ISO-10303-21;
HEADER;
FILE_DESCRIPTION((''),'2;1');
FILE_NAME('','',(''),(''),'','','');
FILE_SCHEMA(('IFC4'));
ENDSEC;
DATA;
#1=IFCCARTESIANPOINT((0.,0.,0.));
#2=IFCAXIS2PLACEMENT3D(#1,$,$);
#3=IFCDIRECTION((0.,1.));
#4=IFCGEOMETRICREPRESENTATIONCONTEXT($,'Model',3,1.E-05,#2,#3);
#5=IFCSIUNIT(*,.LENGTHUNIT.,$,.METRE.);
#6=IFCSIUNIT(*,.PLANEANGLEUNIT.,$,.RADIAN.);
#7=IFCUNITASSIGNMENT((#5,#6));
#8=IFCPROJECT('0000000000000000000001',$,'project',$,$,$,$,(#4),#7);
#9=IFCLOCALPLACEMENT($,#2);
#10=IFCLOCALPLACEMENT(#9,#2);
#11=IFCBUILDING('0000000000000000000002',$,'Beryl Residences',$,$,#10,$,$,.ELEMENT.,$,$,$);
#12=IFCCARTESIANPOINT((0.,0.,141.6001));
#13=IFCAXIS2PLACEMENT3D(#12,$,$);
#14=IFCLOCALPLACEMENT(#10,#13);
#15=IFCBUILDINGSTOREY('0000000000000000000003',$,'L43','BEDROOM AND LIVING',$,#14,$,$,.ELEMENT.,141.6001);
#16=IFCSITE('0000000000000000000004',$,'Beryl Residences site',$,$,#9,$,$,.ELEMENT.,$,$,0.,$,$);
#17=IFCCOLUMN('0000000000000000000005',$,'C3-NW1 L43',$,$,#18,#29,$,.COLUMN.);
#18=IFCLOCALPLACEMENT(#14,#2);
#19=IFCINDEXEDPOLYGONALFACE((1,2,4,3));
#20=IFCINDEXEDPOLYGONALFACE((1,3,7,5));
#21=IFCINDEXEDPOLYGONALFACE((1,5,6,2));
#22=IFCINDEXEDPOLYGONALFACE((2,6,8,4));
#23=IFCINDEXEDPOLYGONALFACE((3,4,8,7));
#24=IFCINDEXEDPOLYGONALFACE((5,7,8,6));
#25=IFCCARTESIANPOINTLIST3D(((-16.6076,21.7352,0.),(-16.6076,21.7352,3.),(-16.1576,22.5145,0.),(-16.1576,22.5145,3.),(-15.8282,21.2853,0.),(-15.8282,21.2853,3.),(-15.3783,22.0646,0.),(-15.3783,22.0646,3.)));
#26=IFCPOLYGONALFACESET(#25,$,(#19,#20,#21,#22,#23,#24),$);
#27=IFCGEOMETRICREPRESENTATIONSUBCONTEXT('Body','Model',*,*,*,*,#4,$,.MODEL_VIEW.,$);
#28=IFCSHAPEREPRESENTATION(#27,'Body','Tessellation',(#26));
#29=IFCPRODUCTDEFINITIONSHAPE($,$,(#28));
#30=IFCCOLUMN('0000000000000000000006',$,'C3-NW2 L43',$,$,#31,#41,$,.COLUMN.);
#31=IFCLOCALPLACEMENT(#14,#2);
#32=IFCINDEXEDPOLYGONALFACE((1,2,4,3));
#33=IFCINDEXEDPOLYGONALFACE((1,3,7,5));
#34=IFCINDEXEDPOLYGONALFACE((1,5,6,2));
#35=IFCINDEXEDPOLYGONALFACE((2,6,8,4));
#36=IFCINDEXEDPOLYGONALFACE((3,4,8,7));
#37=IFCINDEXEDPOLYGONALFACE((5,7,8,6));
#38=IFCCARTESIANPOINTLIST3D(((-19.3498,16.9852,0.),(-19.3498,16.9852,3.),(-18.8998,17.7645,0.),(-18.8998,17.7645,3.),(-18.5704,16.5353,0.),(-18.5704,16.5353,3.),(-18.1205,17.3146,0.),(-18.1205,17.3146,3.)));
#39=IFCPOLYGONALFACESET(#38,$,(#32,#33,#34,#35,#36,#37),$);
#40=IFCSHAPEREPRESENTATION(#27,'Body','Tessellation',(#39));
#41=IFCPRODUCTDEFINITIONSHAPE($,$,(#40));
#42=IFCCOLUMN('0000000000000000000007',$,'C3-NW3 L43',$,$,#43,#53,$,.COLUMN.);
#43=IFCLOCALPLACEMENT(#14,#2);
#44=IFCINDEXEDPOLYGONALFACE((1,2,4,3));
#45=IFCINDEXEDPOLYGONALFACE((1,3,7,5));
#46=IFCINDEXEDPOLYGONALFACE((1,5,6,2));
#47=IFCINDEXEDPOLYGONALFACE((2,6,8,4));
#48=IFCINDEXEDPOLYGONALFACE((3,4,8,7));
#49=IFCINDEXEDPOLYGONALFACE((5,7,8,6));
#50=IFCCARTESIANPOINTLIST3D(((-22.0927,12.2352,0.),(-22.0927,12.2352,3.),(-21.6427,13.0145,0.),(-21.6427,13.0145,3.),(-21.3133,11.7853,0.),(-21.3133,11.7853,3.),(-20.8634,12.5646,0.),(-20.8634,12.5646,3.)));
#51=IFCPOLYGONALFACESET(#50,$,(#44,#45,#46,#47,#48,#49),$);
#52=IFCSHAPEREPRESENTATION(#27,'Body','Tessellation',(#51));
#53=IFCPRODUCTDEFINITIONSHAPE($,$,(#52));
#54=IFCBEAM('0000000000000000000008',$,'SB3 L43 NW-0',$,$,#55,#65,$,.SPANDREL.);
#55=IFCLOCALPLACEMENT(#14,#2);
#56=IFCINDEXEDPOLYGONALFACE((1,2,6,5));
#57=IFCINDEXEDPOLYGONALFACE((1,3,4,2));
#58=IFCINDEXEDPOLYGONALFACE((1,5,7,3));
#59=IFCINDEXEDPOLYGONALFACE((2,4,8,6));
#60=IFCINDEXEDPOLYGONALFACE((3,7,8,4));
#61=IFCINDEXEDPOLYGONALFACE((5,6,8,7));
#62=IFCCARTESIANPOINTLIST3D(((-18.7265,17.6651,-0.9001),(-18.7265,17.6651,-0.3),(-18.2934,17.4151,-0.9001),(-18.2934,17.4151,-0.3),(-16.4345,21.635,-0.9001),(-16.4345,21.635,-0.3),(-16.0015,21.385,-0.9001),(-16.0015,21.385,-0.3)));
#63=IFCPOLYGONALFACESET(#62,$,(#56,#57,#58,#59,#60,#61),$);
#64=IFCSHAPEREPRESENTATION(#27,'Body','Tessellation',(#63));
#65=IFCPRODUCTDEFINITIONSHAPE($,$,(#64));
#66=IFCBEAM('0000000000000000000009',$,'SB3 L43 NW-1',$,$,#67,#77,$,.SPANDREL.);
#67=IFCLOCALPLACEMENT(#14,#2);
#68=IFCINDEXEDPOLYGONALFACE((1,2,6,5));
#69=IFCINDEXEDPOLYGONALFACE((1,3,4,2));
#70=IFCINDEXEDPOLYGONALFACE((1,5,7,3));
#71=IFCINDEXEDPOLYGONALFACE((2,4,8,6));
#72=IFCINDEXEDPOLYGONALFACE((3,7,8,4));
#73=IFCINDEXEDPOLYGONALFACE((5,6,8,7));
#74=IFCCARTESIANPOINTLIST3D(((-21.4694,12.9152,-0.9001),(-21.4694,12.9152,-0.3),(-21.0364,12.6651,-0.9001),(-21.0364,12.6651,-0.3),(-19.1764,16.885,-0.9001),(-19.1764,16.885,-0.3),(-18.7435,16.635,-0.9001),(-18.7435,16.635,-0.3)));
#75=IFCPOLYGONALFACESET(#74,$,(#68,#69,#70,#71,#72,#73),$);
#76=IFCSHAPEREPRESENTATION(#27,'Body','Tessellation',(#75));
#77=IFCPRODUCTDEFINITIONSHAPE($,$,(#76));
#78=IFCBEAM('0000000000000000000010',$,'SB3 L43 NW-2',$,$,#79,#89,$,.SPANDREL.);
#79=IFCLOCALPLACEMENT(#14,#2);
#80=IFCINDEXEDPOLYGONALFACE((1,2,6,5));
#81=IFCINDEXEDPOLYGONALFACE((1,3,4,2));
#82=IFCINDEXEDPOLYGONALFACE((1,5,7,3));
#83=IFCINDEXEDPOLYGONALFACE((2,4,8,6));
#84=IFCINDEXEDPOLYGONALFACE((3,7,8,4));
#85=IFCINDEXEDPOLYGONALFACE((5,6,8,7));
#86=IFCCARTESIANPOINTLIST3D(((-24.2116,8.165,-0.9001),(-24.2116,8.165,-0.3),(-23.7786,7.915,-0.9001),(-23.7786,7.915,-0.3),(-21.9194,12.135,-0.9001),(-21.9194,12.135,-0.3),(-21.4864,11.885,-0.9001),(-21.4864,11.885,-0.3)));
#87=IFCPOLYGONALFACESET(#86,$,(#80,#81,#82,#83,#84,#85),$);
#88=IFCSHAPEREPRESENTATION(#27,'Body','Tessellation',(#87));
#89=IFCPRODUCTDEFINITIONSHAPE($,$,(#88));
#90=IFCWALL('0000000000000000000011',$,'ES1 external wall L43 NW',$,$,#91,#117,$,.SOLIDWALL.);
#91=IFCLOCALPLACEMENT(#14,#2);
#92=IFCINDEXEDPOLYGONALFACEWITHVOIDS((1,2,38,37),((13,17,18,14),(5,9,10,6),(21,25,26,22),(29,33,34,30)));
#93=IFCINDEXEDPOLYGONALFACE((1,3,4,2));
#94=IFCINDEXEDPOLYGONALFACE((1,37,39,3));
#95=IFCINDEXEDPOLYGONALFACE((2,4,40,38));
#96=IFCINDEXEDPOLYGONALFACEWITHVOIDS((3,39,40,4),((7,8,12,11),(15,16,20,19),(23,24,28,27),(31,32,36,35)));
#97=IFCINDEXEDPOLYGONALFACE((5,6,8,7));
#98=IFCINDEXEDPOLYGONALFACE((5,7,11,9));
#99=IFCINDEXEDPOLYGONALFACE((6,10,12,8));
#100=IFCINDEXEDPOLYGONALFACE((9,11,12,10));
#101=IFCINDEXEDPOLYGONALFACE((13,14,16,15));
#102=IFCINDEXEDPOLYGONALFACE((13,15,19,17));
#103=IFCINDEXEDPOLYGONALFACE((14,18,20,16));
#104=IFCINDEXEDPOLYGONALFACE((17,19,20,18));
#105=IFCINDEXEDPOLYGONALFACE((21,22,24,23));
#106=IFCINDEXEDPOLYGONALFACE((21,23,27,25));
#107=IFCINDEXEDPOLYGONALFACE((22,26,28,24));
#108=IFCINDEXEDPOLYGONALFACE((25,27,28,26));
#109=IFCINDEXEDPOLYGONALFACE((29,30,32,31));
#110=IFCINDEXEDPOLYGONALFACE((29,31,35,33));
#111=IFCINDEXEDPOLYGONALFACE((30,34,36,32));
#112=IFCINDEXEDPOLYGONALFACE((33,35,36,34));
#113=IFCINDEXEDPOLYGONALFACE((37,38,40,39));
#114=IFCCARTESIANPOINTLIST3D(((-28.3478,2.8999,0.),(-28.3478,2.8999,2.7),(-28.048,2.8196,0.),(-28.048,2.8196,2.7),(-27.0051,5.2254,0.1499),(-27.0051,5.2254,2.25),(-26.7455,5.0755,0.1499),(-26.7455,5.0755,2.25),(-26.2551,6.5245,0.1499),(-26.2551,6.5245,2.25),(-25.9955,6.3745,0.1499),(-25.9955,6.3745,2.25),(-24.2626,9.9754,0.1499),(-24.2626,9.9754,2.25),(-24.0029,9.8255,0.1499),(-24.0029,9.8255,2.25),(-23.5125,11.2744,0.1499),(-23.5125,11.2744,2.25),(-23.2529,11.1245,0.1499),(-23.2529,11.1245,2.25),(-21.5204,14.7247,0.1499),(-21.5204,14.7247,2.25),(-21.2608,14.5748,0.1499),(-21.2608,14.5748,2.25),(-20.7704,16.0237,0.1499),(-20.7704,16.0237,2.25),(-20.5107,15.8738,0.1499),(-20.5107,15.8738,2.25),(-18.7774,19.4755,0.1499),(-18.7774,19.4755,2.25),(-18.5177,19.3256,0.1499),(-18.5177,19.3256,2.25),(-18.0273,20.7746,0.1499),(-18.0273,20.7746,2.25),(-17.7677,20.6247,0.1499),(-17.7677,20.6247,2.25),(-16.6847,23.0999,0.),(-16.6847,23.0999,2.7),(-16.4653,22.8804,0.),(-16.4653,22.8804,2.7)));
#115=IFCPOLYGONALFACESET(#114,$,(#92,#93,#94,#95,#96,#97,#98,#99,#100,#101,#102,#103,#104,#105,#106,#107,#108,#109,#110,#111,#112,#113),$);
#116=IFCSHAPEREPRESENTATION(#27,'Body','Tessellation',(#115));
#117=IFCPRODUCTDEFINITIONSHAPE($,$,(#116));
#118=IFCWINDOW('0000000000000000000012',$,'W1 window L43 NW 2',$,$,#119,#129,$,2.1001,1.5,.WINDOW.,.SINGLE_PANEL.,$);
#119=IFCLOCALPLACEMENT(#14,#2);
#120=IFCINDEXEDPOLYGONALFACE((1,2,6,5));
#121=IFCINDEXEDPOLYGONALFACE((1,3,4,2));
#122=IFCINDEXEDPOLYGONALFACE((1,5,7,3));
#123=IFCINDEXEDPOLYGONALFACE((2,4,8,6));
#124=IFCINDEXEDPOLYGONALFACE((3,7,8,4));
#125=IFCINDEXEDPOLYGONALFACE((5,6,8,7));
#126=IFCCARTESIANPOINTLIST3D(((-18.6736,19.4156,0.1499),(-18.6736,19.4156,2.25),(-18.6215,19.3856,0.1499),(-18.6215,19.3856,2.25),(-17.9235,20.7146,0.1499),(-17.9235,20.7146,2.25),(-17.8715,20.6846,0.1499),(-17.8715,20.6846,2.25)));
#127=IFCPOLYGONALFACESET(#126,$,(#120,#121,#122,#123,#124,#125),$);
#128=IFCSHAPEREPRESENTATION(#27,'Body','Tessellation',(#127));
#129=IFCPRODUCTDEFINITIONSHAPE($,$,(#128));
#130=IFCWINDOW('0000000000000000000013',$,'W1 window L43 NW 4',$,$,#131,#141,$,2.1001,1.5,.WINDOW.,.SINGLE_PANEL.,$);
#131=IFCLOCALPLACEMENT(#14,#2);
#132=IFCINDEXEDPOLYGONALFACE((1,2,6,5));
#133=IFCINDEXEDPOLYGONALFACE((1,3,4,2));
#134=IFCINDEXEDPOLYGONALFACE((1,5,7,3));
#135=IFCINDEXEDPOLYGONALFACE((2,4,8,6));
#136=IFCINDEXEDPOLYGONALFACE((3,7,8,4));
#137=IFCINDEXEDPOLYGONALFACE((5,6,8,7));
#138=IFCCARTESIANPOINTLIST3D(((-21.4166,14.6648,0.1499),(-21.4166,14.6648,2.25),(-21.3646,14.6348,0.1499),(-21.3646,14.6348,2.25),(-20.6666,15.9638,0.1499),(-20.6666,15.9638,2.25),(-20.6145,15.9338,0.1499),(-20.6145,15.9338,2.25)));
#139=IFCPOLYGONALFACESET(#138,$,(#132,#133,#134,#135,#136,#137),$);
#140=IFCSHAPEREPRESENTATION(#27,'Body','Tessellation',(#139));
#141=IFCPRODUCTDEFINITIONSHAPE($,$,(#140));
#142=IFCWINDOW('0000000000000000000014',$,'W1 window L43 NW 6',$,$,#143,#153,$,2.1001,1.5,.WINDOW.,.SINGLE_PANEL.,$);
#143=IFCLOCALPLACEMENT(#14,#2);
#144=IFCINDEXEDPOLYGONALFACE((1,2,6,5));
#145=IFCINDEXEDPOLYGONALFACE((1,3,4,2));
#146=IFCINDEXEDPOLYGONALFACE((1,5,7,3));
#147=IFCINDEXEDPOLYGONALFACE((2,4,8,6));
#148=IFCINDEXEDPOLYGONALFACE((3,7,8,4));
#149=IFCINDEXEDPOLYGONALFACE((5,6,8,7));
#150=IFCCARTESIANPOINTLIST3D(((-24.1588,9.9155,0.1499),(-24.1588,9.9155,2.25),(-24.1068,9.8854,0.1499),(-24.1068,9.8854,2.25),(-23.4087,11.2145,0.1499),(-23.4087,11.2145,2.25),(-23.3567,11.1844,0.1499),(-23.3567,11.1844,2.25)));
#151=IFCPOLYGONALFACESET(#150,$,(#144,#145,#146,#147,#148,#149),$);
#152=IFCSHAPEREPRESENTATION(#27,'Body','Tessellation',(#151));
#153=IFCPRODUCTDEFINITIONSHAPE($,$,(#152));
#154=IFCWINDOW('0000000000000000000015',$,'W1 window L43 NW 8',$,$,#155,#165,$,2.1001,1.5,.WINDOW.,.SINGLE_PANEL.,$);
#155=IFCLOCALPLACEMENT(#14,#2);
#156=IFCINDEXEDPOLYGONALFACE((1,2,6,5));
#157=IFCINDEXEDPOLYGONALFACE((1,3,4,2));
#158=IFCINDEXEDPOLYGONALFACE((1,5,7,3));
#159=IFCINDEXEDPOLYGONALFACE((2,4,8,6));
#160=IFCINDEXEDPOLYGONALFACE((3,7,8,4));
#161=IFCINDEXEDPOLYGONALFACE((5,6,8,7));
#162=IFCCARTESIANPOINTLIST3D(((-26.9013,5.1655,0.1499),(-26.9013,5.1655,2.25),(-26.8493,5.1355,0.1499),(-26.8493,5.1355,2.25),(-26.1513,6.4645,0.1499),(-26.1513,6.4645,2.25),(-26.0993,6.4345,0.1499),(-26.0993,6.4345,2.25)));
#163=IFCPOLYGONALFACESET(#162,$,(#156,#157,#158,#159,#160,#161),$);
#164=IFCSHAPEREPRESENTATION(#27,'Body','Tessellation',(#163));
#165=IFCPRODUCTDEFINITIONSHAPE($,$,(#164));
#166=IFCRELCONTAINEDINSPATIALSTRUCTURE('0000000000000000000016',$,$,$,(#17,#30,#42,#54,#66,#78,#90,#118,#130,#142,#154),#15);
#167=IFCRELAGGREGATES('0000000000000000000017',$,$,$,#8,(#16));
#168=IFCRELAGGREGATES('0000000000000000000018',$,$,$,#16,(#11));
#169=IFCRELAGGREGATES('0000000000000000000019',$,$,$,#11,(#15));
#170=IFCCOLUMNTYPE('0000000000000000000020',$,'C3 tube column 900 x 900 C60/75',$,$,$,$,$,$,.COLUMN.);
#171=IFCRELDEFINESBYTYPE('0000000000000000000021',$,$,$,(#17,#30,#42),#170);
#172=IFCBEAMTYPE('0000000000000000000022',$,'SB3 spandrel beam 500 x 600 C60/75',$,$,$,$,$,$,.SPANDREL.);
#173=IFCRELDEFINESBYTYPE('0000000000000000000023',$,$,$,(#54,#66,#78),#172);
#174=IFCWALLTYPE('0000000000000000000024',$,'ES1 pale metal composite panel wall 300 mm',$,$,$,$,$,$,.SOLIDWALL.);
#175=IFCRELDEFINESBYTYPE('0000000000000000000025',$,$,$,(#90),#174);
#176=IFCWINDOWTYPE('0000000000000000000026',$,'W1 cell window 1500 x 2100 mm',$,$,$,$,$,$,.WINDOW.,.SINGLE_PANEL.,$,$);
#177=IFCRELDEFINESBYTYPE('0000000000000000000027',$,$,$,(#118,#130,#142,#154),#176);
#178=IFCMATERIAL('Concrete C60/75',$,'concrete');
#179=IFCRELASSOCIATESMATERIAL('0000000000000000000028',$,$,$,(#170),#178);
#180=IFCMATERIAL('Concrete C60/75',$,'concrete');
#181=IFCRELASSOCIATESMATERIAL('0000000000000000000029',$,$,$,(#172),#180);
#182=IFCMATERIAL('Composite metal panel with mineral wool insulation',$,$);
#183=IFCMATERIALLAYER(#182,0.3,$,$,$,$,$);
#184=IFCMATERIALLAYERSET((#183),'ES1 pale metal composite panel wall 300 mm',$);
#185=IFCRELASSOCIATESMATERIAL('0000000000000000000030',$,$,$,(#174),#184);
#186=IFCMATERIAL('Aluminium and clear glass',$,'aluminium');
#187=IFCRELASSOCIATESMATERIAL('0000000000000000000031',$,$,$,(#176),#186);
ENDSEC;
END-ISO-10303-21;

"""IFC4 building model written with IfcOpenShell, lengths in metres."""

from ifc_helpers import new_model, si_unit, direction, frame, frame_2d, origin, origin_2d, place, context, subcontext, project, spatial, polyline, rectangle, outline, extrude, material, layer, layer_set, material_profile, profile_set, type_object, element, fill, save


model = new_model("IFC4")

# Units and contexts
model_context = context("Model", 3, precision=1e-05, world=origin(), true_north=direction((0.0, 1.0)))
body_context = subcontext(model_context, "Body", "Model", "MODEL_VIEW")
ifc_project = project(units=[si_unit("LENGTHUNIT", "METRE"), si_unit("PLANEANGLEUNIT", "RADIAN")], contexts=[model_context])

# Site, building, storey
site_placement = place(None, origin())
site = spatial("IfcSite", under=ifc_project, at=site_placement, Name="Beryl Residences site", CompositionType="ELEMENT", RefElevation=0.0)
building_placement = place(site_placement, origin())
building = spatial("IfcBuilding", under=site, at=building_placement, Name="Beryl Residences", CompositionType="ELEMENT")
storey_placement = place(building_placement, frame((0.0, 0.0, 141.6001)))
storey = spatial("IfcBuildingStorey", under=building, at=storey_placement, Name="L43", Description="BEDROOM AND LIVING", CompositionType="ELEMENT", Elevation=141.6001)

# Columns
ifc_material_1 = material(Name="Concrete C60/75", Category="concrete")
ifc_material_profile_1 = material_profile(ifc_material_1, rectangle(XDim=0.8999, YDim=0.8999, at=origin_2d()))
ifc_profile_set_1 = profile_set([ifc_material_profile_1], Name="Concrete C60/75")
column_type = type_object("IfcColumnType", Name="C3 tube column 900 x 900 C60/75", PredefinedType="COLUMN", material=ifc_profile_set_1)
for number, where, z_axis, x_axis, name in (
    (1, (-15.9929, 21.8999, 0.0), (0.0, 0.0, 1.0), (-0.5, -0.866025, 0.0), "C3-NW1 L43"),
    (2, (-18.7351, 17.1499, 0.0), (0.0, 0.0, 1.0), (-0.5, -0.866025, 0.0), "C3-NW2 L43"),
    (3, (-21.478, 12.3999, 0.0), (0.0, 0.0, 1.0), (-0.5, -0.866025, 0.0), "C3-NW3 L43"),
):
    element("IfcColumn", number, at=place(storey_placement, frame(where, z_axis=z_axis, x_axis=x_axis)), inside=storey, type_object=column_type, Name=name, PredefinedType="COLUMN", context=body_context, shape_type="SweptSolid", body=[
        extrude(rectangle(XDim=0.8999, YDim=0.8999, at=origin_2d()), origin(), (0.0, 0.0, 1.0), 3.0),
    ])

# Beams
ifc_material_2 = material(Name="Concrete C60/75", Category="concrete")
ifc_material_profile_2 = material_profile(ifc_material_2, rectangle(XDim=0.5, YDim=0.6001, at=origin_2d()))
ifc_profile_set_2 = profile_set([ifc_material_profile_2], Name="Concrete C60/75")
beam_type = type_object("IfcBeamType", Name="SB3 spandrel beam 500 x 600 C60/75", PredefinedType="SPANDREL", material=ifc_profile_set_2)
beam_1_placement = place(storey_placement, frame((-16.218, 21.51, -0.6001), z_axis=(-0.499988, -0.866032, 0.0), x_axis=(0.866032, -0.499988, 0.0)))
element("IfcBeam", 4, at=beam_1_placement, inside=storey, type_object=beam_type, Name="SB3 L43 NW-0", PredefinedType="SPANDREL", context=body_context, shape_type="SweptSolid", body=[
    extrude(rectangle(XDim=0.5, YDim=0.6001, at=origin_2d()), origin(), (0.0, 0.0, 1.0), 4.584),
])
beam_2_placement = place(storey_placement, frame((-18.96, 16.76, -0.6001), z_axis=(-0.500148, -0.86594, 0.0), x_axis=(0.86594, -0.500148, 0.0)))
element("IfcBeam", 5, at=beam_2_placement, inside=storey, type_object=beam_type, Name="SB3 L43 NW-1", PredefinedType="SPANDREL", context=body_context, shape_type="SweptSolid", body=[
    extrude(rectangle(XDim=0.5, YDim=0.6001, at=origin_2d()), origin(), (0.0, 0.0, 1.0), 4.5845),
])
beam_3_placement = place(storey_placement, frame((-21.7029, 12.01, -0.6001), z_axis=(-0.500028, -0.866009, 0.0), x_axis=(0.866009, -0.500028, 0.0)))
element("IfcBeam", 6, at=beam_3_placement, inside=storey, type_object=beam_type, Name="SB3 L43 NW-2", PredefinedType="SPANDREL", context=body_context, shape_type="SweptSolid", body=[
    extrude(rectangle(XDim=0.5, YDim=0.6001, at=origin_2d()), origin(), (0.0, 0.0, 1.0), 4.5842),
])

# Wall, openings, windows
ifc_material_3 = material(Name="Composite metal panel with mineral wool insulation")
ifc_layer_1 = layer(ifc_material_3, 0.3)
ifc_layer_set_1 = layer_set([ifc_layer_1], Name="ES1 pale metal composite panel wall 300 mm")
wall_type_1 = type_object("IfcWallType", Name="ES1 pale metal composite panel wall 300 mm", PredefinedType="SOLIDWALL", material=ifc_layer_set_1)
wall_1_placement = place(storey_placement, frame((-16.5549, 23.0249, 0.0), z_axis=(0.0, 0.0, 1.0), x_axis=(-0.500021, -0.866014, 0.0)))
wall_1 = element("IfcWall", 7, at=wall_1_placement, inside=storey, type_object=wall_type_1, Name="ES1 external wall L43 NW", PredefinedType="SOLIDWALL", context=body_context, shape_type="SweptSolid", body=[
    extrude(outline(polyline([(0.0, -0.1499), (23.3252, -0.1499), (23.2449, 0.1499), (0.0803, 0.1499), (0.0, -0.1499)])), origin(), (0.0, 0.0, 1.0), 2.7),
])
opening_1_placement = place(wall_1_placement, frame((2.6851, 0.0, 0.1499)))
opening_1 = element("IfcOpeningElement", 8, at=opening_1_placement, cuts=wall_1, PredefinedType="OPENING", context=body_context, shape_type="SweptSolid", body=[
    extrude(rectangle(XDim=1.5, YDim=2.1001, at=frame_2d((0.75, 1.05))), frame((0.0, 0.1599, 0.0), z_axis=(0.0, -1.0, 0.0), x_axis=(1.0, 0.0, 0.0)), (0.0, 0.0, 1.0), 0.3201),
])
opening_2_placement = place(wall_1_placement, frame((8.1709, 0.0, 0.1499)))
opening_2 = element("IfcOpeningElement", 9, at=opening_2_placement, cuts=wall_1, PredefinedType="OPENING", context=body_context, shape_type="SweptSolid", body=[
    extrude(rectangle(XDim=1.5, YDim=2.1001, at=frame_2d((0.75, 1.05))), frame((0.0, 0.1599, 0.0), z_axis=(0.0, -1.0, 0.0), x_axis=(1.0, 0.0, 0.0)), (0.0, 0.0, 1.0), 0.3201),
])
opening_3_placement = place(wall_1_placement, frame((13.655, 0.0, 0.1499)))
opening_3 = element("IfcOpeningElement", 10, at=opening_3_placement, cuts=wall_1, PredefinedType="OPENING", context=body_context, shape_type="SweptSolid", body=[
    extrude(rectangle(XDim=1.5, YDim=2.1001, at=frame_2d((0.75, 1.05))), frame((0.0, 0.1599, 0.0), z_axis=(0.0, -1.0, 0.0), x_axis=(1.0, 0.0, 0.0)), (0.0, 0.0, 1.0), 0.3201),
])
opening_4_placement = place(wall_1_placement, frame((19.1399, 0.0, 0.1499)))
opening_4 = element("IfcOpeningElement", 11, at=opening_4_placement, cuts=wall_1, PredefinedType="OPENING", context=body_context, shape_type="SweptSolid", body=[
    extrude(rectangle(XDim=1.5, YDim=2.1001, at=frame_2d((0.75, 1.05))), frame((0.0, 0.1599, 0.0), z_axis=(0.0, -1.0, 0.0), x_axis=(1.0, 0.0, 0.0)), (0.0, 0.0, 1.0), 0.3201),
])
ifc_material_4 = material(Name="Aluminium and clear glass", Category="aluminium")
window_type = type_object("IfcWindowType", Name="W1 cell window 1500 x 2100 mm", PartitioningType="SINGLE_PANEL", PredefinedType="WINDOW", material=ifc_material_4)
window_1_placement = place(opening_1_placement, origin())
window_1 = element("IfcWindow", 12, at=window_1_placement, inside=storey, type_object=window_type, Name="W1 window L43 NW 2", OverallHeight=2.1001, OverallWidth=1.5, PartitioningType="SINGLE_PANEL", PredefinedType="WINDOW", context=body_context, shape_type="SweptSolid", body=[
    extrude(rectangle(XDim=1.5, YDim=2.1001, at=frame_2d((0.75, 1.05))), frame((0.0, 0.03, 0.0), z_axis=(0.0, -1.0, 0.0), x_axis=(1.0, 0.0, 0.0)), (0.0, 0.0, 1.0), 0.0601),
])
fill(opening_1, window_1)
window_2_placement = place(opening_2_placement, origin())
window_2 = element("IfcWindow", 13, at=window_2_placement, inside=storey, type_object=window_type, Name="W1 window L43 NW 4", OverallHeight=2.1001, OverallWidth=1.5, PartitioningType="SINGLE_PANEL", PredefinedType="WINDOW", context=body_context, shape_type="SweptSolid", body=[
    extrude(rectangle(XDim=1.5, YDim=2.1001, at=frame_2d((0.75, 1.05))), frame((0.0, 0.03, 0.0), z_axis=(0.0, -1.0, 0.0), x_axis=(1.0, 0.0, 0.0)), (0.0, 0.0, 1.0), 0.0601),
])
fill(opening_2, window_2)
window_3_placement = place(opening_3_placement, origin())
window_3 = element("IfcWindow", 14, at=window_3_placement, inside=storey, type_object=window_type, Name="W1 window L43 NW 6", OverallHeight=2.1001, OverallWidth=1.5, PartitioningType="SINGLE_PANEL", PredefinedType="WINDOW", context=body_context, shape_type="SweptSolid", body=[
    extrude(rectangle(XDim=1.5, YDim=2.1001, at=frame_2d((0.75, 1.05))), frame((0.0, 0.03, 0.0), z_axis=(0.0, -1.0, 0.0), x_axis=(1.0, 0.0, 0.0)), (0.0, 0.0, 1.0), 0.0601),
])
fill(opening_3, window_3)
window_4_placement = place(opening_4_placement, origin())
window_4 = element("IfcWindow", 15, at=window_4_placement, inside=storey, type_object=window_type, Name="W1 window L43 NW 8", OverallHeight=2.1001, OverallWidth=1.5, PartitioningType="SINGLE_PANEL", PredefinedType="WINDOW", context=body_context, shape_type="SweptSolid", body=[
    extrude(rectangle(XDim=1.5, YDim=2.1001, at=frame_2d((0.75, 1.05))), frame((0.0, 0.03, 0.0), z_axis=(0.0, -1.0, 0.0), x_axis=(1.0, 0.0, 0.0)), (0.0, 0.0, 1.0), 0.0601),
])
fill(opening_4, window_4)

save(model, "model.ifc")
